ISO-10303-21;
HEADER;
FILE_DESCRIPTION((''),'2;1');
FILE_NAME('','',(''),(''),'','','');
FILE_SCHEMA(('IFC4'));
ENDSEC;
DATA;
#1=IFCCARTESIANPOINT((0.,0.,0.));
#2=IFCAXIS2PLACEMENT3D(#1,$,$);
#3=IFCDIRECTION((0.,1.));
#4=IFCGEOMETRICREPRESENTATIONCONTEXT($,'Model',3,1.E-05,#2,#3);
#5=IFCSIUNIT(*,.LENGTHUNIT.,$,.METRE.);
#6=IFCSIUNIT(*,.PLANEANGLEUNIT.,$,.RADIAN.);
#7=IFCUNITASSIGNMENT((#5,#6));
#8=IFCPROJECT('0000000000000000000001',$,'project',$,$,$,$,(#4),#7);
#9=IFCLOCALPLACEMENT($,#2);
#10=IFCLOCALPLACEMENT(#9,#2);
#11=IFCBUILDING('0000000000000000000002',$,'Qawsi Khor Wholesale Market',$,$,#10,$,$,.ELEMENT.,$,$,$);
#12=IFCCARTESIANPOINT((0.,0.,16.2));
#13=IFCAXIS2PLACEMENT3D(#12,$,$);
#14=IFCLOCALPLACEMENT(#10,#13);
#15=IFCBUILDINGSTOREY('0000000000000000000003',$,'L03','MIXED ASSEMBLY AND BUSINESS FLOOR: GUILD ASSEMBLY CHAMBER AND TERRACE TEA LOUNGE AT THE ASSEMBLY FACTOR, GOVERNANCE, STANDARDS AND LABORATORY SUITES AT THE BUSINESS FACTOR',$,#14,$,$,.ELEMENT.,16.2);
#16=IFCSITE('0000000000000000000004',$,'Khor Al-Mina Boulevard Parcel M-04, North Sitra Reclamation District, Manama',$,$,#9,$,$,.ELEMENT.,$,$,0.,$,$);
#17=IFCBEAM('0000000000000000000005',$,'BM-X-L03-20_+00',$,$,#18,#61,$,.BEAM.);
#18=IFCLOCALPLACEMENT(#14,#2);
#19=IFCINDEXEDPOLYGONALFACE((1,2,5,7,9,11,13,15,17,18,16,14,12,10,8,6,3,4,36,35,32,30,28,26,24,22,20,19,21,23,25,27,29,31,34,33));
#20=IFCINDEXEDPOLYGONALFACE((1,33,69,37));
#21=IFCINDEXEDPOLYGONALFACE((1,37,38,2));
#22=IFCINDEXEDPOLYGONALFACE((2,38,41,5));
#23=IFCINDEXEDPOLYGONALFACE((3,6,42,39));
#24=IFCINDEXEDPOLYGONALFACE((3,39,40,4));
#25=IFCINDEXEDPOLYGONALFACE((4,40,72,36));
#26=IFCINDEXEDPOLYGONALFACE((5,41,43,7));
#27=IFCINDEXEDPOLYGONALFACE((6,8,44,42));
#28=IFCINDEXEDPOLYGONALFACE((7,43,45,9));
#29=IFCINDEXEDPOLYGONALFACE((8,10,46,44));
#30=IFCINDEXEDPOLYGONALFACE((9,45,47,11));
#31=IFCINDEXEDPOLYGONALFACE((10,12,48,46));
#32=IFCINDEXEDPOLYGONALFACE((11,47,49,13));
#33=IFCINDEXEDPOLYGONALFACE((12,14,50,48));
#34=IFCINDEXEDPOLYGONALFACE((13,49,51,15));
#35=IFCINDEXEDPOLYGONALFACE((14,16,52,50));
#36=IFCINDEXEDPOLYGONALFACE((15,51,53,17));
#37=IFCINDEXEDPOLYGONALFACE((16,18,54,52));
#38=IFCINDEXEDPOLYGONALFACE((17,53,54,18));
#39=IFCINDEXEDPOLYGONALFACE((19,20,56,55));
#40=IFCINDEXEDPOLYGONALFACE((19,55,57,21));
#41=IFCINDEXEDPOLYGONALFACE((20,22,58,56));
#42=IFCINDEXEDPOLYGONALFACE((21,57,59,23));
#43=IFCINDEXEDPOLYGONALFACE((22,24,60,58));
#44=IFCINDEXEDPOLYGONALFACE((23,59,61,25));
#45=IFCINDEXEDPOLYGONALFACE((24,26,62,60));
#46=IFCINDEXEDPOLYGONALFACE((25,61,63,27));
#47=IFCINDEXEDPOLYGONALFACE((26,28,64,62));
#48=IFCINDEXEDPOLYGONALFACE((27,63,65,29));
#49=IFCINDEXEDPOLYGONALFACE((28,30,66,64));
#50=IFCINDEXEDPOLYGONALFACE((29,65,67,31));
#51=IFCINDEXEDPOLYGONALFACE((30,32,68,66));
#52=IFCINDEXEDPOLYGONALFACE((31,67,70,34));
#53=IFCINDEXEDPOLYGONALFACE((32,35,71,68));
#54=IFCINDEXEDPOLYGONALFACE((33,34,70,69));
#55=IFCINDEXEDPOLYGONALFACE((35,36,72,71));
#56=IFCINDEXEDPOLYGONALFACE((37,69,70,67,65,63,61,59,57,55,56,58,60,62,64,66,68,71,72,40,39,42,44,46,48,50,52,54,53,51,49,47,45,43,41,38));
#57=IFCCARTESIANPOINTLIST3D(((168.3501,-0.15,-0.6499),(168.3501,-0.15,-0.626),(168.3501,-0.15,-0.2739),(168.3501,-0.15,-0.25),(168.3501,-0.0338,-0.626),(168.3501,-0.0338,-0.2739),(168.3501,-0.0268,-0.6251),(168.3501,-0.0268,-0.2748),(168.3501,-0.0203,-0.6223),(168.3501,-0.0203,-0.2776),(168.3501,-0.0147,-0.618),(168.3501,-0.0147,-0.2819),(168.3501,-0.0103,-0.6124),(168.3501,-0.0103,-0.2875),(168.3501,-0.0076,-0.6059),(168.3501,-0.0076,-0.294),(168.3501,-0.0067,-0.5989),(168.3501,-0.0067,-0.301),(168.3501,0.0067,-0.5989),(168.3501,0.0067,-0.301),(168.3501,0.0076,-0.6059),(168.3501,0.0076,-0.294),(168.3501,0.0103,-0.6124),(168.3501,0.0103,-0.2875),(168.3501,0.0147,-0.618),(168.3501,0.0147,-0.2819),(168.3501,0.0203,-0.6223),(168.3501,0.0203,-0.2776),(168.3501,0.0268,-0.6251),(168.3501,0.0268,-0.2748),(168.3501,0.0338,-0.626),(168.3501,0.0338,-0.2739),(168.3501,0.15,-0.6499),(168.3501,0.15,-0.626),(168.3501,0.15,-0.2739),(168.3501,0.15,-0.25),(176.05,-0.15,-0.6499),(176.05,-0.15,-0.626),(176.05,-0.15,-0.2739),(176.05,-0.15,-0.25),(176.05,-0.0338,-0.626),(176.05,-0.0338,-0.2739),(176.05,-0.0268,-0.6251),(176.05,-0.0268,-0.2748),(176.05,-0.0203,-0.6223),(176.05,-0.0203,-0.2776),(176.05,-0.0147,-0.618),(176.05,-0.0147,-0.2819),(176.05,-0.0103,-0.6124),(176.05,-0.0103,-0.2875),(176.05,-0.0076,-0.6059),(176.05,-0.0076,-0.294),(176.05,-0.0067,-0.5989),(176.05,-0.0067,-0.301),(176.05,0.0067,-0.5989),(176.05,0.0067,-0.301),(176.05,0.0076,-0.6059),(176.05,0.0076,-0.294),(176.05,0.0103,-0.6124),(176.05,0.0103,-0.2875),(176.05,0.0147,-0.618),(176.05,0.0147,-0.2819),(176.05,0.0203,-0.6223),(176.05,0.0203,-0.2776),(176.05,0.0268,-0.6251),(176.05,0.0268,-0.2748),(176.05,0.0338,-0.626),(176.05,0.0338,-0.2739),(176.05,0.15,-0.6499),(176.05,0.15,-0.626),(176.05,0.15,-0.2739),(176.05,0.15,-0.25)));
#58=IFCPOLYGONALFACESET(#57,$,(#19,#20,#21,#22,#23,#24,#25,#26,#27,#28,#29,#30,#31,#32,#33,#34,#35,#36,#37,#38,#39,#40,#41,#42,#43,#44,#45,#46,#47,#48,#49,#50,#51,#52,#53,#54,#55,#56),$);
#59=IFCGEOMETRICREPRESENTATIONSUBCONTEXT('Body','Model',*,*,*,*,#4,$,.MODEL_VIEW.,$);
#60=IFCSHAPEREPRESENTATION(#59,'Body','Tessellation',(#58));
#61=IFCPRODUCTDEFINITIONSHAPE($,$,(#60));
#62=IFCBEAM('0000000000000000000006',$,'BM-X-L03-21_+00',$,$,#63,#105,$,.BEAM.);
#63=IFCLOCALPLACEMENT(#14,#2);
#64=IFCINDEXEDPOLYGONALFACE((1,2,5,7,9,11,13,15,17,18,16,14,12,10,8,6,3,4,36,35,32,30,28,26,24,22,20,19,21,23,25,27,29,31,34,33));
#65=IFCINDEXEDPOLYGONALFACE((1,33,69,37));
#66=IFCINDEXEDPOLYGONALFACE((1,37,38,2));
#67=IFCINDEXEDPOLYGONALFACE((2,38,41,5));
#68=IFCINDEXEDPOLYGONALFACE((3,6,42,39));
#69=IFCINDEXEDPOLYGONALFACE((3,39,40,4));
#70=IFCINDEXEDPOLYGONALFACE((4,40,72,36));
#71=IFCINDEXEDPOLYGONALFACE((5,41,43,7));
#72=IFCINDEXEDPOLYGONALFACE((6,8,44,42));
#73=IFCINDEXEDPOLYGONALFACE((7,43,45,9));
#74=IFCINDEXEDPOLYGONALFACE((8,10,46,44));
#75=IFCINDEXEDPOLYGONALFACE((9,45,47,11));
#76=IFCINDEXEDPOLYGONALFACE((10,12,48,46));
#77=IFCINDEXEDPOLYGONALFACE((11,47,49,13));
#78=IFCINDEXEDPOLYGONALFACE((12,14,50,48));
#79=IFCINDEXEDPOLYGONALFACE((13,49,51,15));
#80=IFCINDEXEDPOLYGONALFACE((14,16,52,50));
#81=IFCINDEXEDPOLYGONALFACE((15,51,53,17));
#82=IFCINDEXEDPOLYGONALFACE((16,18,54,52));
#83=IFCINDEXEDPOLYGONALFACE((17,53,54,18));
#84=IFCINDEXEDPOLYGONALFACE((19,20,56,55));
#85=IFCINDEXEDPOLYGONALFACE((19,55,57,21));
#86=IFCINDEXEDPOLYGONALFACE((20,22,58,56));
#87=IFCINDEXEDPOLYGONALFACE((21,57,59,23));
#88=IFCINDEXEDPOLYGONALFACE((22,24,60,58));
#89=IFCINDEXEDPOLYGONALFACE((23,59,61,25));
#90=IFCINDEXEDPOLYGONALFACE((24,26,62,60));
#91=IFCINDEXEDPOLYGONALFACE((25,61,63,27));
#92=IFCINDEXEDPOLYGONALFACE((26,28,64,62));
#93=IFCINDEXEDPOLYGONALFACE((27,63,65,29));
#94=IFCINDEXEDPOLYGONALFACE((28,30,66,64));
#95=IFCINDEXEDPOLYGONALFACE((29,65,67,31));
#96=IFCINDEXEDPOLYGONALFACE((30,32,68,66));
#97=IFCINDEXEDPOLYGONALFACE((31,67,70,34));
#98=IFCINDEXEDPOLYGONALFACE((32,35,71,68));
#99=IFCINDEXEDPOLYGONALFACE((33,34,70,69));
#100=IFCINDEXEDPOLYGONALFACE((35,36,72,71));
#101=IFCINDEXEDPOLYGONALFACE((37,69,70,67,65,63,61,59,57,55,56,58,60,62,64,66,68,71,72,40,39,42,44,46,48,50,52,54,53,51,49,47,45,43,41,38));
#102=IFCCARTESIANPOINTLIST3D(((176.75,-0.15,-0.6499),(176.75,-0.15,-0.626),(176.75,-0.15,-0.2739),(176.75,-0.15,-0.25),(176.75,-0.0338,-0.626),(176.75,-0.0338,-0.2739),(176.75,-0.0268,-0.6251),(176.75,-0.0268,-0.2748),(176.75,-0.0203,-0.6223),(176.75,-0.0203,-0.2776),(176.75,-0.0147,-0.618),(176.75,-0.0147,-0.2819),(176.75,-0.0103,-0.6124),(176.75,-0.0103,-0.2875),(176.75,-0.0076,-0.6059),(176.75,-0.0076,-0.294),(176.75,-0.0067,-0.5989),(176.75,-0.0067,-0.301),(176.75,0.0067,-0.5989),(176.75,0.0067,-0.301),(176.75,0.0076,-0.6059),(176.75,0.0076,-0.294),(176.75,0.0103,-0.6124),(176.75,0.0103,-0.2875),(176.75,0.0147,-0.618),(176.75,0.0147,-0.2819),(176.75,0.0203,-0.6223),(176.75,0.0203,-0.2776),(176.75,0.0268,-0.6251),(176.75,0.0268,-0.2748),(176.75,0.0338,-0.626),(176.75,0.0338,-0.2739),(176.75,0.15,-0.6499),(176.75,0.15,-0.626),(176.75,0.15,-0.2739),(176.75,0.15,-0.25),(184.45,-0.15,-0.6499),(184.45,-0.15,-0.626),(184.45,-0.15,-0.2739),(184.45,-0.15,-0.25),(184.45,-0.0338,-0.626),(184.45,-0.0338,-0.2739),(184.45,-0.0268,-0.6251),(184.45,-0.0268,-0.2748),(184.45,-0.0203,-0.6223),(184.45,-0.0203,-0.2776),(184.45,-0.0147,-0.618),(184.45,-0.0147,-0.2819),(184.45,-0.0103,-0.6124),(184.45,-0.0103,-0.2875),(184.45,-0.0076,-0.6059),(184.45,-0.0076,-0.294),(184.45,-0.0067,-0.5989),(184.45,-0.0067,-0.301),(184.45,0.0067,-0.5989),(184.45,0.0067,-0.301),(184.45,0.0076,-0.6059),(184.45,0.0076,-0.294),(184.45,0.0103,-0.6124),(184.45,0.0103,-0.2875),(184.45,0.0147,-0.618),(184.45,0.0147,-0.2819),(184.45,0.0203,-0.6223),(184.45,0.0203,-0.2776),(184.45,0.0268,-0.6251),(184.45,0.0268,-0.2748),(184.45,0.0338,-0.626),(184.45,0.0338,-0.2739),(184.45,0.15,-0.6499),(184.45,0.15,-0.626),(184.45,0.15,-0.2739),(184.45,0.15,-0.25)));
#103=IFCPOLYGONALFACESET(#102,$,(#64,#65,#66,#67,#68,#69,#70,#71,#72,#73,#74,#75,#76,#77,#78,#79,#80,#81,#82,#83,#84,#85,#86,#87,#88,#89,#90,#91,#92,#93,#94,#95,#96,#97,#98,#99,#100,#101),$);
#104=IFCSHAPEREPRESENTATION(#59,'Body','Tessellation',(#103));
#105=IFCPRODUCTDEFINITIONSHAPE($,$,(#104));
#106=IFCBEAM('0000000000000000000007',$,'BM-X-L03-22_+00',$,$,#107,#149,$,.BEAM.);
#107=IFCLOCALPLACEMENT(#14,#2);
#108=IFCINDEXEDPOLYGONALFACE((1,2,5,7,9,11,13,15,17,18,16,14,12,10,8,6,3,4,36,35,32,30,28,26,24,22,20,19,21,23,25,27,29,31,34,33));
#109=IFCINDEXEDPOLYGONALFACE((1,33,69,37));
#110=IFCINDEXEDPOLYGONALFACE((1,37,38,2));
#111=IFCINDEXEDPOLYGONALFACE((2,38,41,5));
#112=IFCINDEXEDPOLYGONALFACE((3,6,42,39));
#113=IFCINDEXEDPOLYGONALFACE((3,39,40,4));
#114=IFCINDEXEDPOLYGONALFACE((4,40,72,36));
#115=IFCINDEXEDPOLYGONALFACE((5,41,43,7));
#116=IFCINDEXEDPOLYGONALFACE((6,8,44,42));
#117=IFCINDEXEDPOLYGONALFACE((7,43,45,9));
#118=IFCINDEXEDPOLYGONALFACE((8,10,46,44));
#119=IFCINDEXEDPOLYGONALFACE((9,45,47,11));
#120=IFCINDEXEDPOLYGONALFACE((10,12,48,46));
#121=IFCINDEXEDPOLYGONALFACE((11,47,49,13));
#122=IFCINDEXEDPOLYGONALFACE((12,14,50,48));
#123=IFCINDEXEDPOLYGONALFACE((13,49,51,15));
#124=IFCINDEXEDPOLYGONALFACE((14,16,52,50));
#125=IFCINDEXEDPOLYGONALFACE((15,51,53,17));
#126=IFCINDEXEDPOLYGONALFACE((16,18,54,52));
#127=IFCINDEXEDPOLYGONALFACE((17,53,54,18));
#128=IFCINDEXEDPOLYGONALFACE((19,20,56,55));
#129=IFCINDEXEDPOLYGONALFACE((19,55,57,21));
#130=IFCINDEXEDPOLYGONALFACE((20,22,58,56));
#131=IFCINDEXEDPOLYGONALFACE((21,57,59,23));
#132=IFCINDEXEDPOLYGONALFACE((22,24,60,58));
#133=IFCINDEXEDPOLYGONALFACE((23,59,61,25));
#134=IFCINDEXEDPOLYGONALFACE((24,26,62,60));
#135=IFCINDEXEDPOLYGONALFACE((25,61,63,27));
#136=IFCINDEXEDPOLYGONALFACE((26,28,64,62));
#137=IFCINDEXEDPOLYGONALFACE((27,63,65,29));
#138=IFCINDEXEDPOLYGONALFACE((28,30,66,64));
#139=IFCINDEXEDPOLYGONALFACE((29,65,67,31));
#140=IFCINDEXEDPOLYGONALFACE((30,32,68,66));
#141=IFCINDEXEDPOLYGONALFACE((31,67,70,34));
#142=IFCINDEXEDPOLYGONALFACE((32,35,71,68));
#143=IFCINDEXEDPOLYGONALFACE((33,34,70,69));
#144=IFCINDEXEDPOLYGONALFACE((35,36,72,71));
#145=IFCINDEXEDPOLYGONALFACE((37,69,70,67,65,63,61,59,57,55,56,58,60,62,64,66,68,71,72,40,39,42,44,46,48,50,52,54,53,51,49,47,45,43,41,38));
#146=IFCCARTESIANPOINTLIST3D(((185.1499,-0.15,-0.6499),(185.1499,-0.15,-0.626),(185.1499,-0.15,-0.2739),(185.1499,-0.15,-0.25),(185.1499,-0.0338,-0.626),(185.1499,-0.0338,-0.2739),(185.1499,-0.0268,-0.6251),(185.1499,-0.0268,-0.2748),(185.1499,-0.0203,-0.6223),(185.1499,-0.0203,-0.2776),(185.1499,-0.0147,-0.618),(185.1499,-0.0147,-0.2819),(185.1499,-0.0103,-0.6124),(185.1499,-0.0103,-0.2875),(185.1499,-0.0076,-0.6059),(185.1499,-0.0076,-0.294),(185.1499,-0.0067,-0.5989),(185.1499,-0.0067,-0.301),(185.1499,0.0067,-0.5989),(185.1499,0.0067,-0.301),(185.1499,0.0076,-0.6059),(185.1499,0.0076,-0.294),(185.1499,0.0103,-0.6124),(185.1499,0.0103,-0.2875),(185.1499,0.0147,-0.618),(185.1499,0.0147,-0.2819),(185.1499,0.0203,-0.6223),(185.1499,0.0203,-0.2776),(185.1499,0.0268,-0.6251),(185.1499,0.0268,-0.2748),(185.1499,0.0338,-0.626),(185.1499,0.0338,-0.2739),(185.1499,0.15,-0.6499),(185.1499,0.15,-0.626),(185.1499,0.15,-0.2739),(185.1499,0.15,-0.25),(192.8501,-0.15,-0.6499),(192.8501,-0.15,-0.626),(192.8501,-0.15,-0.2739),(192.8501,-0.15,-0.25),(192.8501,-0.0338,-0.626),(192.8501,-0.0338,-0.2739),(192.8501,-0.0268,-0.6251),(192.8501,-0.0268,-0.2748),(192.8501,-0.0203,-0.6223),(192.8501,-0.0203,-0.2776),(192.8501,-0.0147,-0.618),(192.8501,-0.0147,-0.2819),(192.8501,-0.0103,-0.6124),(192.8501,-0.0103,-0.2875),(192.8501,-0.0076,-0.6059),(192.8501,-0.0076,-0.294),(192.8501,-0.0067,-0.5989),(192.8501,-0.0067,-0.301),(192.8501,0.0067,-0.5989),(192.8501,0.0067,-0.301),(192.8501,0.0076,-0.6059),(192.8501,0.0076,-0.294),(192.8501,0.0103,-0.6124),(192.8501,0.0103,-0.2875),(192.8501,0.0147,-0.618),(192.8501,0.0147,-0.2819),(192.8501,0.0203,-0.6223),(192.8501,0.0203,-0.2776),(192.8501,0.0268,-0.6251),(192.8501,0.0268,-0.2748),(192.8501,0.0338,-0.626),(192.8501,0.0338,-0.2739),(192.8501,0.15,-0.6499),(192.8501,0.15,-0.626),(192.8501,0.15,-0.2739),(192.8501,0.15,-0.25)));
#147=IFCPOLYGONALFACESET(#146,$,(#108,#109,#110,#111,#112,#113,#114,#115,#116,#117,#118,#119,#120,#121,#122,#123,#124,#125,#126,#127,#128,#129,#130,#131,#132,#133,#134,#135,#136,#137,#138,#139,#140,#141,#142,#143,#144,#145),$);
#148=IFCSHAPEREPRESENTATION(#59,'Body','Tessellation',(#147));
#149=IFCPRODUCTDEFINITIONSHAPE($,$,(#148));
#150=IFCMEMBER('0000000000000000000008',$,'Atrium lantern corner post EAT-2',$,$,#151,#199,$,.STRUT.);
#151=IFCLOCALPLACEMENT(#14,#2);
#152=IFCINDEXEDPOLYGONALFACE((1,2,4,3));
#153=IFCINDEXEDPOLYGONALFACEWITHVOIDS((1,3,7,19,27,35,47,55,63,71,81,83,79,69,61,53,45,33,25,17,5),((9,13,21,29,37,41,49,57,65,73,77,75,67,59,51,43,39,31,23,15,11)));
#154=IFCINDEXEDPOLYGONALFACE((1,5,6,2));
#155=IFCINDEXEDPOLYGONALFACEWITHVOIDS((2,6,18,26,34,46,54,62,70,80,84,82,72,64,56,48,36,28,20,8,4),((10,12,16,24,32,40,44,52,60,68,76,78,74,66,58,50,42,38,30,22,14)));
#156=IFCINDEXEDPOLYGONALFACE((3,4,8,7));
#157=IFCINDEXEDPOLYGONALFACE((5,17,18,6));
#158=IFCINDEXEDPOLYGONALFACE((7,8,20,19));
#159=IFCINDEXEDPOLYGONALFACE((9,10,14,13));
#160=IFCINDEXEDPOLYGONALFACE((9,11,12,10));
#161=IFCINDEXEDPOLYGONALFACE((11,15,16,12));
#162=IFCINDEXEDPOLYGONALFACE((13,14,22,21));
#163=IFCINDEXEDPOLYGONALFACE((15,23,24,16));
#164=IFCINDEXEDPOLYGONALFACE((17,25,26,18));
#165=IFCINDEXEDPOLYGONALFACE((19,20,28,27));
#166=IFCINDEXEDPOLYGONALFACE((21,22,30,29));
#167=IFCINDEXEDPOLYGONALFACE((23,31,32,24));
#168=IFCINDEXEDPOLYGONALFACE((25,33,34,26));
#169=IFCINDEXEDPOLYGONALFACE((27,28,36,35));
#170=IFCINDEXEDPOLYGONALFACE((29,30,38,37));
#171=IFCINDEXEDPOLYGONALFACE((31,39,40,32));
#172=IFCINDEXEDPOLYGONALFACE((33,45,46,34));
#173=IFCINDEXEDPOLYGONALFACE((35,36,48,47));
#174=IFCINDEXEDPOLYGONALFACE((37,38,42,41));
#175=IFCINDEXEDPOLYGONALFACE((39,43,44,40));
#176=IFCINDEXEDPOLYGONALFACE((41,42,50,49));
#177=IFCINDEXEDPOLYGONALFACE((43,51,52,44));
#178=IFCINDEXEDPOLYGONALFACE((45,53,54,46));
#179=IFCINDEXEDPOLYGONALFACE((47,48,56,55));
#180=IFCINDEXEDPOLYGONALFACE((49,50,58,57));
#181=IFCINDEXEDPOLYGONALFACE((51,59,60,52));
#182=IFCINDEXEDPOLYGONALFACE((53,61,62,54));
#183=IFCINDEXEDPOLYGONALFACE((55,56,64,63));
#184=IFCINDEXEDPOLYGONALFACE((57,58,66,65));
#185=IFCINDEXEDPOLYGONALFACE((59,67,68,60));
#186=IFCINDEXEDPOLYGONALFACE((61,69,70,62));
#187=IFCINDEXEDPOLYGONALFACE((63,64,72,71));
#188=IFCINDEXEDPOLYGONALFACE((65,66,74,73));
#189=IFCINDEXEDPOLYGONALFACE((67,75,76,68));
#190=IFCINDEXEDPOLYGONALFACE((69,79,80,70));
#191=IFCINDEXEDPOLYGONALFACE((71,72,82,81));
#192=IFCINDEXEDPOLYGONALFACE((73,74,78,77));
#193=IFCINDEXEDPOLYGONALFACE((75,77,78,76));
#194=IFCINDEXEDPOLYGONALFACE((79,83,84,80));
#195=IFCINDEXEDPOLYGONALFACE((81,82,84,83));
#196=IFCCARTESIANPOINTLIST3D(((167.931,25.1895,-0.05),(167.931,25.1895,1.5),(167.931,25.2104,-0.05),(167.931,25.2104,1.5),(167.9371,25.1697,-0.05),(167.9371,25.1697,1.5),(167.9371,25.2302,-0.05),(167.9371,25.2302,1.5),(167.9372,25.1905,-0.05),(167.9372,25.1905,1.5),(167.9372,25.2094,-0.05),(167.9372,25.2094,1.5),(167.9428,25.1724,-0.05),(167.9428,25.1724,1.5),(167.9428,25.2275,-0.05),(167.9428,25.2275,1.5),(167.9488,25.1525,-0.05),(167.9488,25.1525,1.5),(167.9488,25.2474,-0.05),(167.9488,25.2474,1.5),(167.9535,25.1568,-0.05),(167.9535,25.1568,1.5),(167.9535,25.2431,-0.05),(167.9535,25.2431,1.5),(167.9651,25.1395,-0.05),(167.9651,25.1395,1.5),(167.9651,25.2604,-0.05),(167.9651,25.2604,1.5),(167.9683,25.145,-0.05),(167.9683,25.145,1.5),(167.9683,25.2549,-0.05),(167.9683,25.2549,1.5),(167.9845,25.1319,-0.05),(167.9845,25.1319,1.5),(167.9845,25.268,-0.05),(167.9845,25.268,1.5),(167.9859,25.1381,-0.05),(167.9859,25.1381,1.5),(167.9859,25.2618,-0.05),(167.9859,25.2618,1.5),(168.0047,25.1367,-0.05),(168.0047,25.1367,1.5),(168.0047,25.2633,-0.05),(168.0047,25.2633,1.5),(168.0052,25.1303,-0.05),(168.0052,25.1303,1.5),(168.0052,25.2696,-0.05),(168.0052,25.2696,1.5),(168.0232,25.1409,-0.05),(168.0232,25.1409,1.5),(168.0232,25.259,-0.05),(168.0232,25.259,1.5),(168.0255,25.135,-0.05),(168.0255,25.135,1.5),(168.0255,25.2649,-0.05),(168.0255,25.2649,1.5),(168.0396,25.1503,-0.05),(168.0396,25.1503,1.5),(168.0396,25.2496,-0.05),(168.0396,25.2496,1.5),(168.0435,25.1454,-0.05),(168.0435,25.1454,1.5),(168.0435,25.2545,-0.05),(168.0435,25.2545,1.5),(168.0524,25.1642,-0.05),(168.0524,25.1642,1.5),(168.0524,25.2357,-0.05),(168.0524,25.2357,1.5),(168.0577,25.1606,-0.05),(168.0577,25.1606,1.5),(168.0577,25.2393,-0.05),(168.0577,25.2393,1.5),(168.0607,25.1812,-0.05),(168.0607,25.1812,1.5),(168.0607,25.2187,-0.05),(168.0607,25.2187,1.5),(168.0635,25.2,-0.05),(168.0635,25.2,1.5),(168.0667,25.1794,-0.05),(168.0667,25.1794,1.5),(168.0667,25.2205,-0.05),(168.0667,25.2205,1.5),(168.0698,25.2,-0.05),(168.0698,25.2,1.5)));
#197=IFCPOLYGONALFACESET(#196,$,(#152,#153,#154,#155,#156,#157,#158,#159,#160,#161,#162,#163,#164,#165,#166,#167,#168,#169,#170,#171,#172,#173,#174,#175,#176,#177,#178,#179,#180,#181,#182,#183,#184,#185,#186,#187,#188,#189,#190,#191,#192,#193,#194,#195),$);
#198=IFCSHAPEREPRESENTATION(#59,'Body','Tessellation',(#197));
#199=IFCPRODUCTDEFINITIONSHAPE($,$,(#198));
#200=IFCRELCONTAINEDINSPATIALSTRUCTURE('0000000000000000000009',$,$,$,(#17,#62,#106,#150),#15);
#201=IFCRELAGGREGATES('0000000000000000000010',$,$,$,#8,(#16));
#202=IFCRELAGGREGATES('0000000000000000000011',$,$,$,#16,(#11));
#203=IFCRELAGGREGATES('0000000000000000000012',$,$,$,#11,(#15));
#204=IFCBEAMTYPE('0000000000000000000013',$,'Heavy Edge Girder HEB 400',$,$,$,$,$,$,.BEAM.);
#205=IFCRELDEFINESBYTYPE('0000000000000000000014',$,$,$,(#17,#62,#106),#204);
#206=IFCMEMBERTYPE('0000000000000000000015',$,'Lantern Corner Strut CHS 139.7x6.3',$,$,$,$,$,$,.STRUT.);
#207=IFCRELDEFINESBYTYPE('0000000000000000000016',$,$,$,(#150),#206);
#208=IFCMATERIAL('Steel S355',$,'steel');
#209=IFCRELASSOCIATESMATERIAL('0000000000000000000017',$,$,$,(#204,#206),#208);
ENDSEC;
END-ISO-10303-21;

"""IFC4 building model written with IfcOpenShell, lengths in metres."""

from ifc_helpers import new_model, si_unit, direction, frame, origin, origin_2d, place, context, subcontext, project, spatial, hollow_circle, i_section, extrude, material, material_profile, profile_set, type_object, element, save


model = new_model("IFC4")

# Units and contexts
model_context = context("Model", 3, precision=1e-05, world=origin(), true_north=direction((0.0, 1.0)))
body_context = subcontext(model_context, "Body", "Model", "MODEL_VIEW")
ifc_project = project(units=[si_unit("LENGTHUNIT", "METRE"), si_unit("PLANEANGLEUNIT", "RADIAN")], contexts=[model_context])

# Site, building, storey
site_placement = place(None, origin())
site = spatial("IfcSite", under=ifc_project, at=site_placement, Name="Khor Al-Mina Boulevard Parcel M-04, North Sitra Reclamation District, Manama", CompositionType="ELEMENT", RefElevation=0.0)
building_placement = place(site_placement, origin())
building = spatial("IfcBuilding", under=site, at=building_placement, Name="Qawsi Khor Wholesale Market", CompositionType="ELEMENT")
storey_placement = place(building_placement, frame((0.0, 0.0, 16.2)))
storey = spatial("IfcBuildingStorey", under=building, at=storey_placement, Name="L03", Description="MIXED ASSEMBLY AND BUSINESS FLOOR: GUILD ASSEMBLY CHAMBER AND TERRACE TEA LOUNGE AT THE ASSEMBLY FACTOR, GOVERNANCE, STANDARDS AND LABORATORY SUITES AT THE BUSINESS FACTOR", CompositionType="ELEMENT", Elevation=16.2)

# Beams
ifc_material_1 = material(Name="Steel S355", Category="steel")
ifc_material_profile_1 = material_profile(ifc_material_1, i_section(OverallWidth=0.3, OverallDepth=0.3999, WebThickness=0.0134, FlangeThickness=0.0239, FilletRadius=0.0271, at=origin_2d()), Name="HEB 400")
ifc_profile_set_1 = profile_set([ifc_material_profile_1], Name="Steel S355")
beam_type_1 = type_object("IfcBeamType", Name="Heavy Edge Girder HEB 400", PredefinedType="BEAM", material=ifc_profile_set_1)
for number, where, z_axis, x_axis, name in (
    (1, (168.3501, 0.0, -0.45), (1.0, 0.0, 0.0), (0.0, 1.0, 0.0), "BM-X-L03-20_+00"),
    (2, (176.75, 0.0, -0.45), (1.0, 0.0, 0.0), (0.0, 1.0, 0.0), "BM-X-L03-21_+00"),
):
    element("IfcBeam", number, at=place(storey_placement, frame(where, z_axis=z_axis, x_axis=x_axis)), inside=storey, type_object=beam_type_1, Name=name, PredefinedType="BEAM", context=body_context, shape_type="SweptSolid", body=[
        extrude(i_section(OverallWidth=0.3, OverallDepth=0.3999, WebThickness=0.0134, FlangeThickness=0.0239, FilletRadius=0.0271, at=origin_2d()), origin(), (0.0, 0.0, 1.0), 7.7),
    ])
beam_1_placement = place(storey_placement, frame((185.1499, 0.0, -0.45), z_axis=(1.0, 0.0, 0.0), x_axis=(0.0, 1.0, 0.0)))
element("IfcBeam", 3, at=beam_1_placement, inside=storey, type_object=beam_type_1, Name="BM-X-L03-22_+00", PredefinedType="BEAM", context=body_context, shape_type="SweptSolid", body=[
    extrude(i_section(OverallWidth=0.3, OverallDepth=0.3999, WebThickness=0.0134, FlangeThickness=0.0239, FilletRadius=0.0271, at=origin_2d()), origin(), (0.0, 0.0, 1.0), 7.7002),
])

# Member
ifc_material_profile_2 = material_profile(ifc_material_1, hollow_circle(Radius=0.0698, WallThickness=0.0063, at=origin_2d()), Name="CHS 139.7x6.3")
ifc_profile_set_2 = profile_set([ifc_material_profile_2], Name="Steel S355")
member_type_1 = type_object("IfcMemberType", Name="Lantern Corner Strut CHS 139.7x6.3", PredefinedType="STRUT", material=ifc_profile_set_2)
member_1_placement = place(storey_placement, frame((168.0, 25.2, -0.05), z_axis=(0.0, 0.0, 1.0), x_axis=(1.0, 0.0, 0.0)))
element("IfcMember", 4, at=member_1_placement, inside=storey, type_object=member_type_1, Name="Atrium lantern corner post EAT-2", PredefinedType="STRUT", context=body_context, shape_type="SweptSolid", body=[
    extrude(hollow_circle(Radius=0.0698, WallThickness=0.0063, at=origin_2d()), origin(), (0.0, 0.0, 1.0), 1.55),
])

save(model, "model.ifc")
